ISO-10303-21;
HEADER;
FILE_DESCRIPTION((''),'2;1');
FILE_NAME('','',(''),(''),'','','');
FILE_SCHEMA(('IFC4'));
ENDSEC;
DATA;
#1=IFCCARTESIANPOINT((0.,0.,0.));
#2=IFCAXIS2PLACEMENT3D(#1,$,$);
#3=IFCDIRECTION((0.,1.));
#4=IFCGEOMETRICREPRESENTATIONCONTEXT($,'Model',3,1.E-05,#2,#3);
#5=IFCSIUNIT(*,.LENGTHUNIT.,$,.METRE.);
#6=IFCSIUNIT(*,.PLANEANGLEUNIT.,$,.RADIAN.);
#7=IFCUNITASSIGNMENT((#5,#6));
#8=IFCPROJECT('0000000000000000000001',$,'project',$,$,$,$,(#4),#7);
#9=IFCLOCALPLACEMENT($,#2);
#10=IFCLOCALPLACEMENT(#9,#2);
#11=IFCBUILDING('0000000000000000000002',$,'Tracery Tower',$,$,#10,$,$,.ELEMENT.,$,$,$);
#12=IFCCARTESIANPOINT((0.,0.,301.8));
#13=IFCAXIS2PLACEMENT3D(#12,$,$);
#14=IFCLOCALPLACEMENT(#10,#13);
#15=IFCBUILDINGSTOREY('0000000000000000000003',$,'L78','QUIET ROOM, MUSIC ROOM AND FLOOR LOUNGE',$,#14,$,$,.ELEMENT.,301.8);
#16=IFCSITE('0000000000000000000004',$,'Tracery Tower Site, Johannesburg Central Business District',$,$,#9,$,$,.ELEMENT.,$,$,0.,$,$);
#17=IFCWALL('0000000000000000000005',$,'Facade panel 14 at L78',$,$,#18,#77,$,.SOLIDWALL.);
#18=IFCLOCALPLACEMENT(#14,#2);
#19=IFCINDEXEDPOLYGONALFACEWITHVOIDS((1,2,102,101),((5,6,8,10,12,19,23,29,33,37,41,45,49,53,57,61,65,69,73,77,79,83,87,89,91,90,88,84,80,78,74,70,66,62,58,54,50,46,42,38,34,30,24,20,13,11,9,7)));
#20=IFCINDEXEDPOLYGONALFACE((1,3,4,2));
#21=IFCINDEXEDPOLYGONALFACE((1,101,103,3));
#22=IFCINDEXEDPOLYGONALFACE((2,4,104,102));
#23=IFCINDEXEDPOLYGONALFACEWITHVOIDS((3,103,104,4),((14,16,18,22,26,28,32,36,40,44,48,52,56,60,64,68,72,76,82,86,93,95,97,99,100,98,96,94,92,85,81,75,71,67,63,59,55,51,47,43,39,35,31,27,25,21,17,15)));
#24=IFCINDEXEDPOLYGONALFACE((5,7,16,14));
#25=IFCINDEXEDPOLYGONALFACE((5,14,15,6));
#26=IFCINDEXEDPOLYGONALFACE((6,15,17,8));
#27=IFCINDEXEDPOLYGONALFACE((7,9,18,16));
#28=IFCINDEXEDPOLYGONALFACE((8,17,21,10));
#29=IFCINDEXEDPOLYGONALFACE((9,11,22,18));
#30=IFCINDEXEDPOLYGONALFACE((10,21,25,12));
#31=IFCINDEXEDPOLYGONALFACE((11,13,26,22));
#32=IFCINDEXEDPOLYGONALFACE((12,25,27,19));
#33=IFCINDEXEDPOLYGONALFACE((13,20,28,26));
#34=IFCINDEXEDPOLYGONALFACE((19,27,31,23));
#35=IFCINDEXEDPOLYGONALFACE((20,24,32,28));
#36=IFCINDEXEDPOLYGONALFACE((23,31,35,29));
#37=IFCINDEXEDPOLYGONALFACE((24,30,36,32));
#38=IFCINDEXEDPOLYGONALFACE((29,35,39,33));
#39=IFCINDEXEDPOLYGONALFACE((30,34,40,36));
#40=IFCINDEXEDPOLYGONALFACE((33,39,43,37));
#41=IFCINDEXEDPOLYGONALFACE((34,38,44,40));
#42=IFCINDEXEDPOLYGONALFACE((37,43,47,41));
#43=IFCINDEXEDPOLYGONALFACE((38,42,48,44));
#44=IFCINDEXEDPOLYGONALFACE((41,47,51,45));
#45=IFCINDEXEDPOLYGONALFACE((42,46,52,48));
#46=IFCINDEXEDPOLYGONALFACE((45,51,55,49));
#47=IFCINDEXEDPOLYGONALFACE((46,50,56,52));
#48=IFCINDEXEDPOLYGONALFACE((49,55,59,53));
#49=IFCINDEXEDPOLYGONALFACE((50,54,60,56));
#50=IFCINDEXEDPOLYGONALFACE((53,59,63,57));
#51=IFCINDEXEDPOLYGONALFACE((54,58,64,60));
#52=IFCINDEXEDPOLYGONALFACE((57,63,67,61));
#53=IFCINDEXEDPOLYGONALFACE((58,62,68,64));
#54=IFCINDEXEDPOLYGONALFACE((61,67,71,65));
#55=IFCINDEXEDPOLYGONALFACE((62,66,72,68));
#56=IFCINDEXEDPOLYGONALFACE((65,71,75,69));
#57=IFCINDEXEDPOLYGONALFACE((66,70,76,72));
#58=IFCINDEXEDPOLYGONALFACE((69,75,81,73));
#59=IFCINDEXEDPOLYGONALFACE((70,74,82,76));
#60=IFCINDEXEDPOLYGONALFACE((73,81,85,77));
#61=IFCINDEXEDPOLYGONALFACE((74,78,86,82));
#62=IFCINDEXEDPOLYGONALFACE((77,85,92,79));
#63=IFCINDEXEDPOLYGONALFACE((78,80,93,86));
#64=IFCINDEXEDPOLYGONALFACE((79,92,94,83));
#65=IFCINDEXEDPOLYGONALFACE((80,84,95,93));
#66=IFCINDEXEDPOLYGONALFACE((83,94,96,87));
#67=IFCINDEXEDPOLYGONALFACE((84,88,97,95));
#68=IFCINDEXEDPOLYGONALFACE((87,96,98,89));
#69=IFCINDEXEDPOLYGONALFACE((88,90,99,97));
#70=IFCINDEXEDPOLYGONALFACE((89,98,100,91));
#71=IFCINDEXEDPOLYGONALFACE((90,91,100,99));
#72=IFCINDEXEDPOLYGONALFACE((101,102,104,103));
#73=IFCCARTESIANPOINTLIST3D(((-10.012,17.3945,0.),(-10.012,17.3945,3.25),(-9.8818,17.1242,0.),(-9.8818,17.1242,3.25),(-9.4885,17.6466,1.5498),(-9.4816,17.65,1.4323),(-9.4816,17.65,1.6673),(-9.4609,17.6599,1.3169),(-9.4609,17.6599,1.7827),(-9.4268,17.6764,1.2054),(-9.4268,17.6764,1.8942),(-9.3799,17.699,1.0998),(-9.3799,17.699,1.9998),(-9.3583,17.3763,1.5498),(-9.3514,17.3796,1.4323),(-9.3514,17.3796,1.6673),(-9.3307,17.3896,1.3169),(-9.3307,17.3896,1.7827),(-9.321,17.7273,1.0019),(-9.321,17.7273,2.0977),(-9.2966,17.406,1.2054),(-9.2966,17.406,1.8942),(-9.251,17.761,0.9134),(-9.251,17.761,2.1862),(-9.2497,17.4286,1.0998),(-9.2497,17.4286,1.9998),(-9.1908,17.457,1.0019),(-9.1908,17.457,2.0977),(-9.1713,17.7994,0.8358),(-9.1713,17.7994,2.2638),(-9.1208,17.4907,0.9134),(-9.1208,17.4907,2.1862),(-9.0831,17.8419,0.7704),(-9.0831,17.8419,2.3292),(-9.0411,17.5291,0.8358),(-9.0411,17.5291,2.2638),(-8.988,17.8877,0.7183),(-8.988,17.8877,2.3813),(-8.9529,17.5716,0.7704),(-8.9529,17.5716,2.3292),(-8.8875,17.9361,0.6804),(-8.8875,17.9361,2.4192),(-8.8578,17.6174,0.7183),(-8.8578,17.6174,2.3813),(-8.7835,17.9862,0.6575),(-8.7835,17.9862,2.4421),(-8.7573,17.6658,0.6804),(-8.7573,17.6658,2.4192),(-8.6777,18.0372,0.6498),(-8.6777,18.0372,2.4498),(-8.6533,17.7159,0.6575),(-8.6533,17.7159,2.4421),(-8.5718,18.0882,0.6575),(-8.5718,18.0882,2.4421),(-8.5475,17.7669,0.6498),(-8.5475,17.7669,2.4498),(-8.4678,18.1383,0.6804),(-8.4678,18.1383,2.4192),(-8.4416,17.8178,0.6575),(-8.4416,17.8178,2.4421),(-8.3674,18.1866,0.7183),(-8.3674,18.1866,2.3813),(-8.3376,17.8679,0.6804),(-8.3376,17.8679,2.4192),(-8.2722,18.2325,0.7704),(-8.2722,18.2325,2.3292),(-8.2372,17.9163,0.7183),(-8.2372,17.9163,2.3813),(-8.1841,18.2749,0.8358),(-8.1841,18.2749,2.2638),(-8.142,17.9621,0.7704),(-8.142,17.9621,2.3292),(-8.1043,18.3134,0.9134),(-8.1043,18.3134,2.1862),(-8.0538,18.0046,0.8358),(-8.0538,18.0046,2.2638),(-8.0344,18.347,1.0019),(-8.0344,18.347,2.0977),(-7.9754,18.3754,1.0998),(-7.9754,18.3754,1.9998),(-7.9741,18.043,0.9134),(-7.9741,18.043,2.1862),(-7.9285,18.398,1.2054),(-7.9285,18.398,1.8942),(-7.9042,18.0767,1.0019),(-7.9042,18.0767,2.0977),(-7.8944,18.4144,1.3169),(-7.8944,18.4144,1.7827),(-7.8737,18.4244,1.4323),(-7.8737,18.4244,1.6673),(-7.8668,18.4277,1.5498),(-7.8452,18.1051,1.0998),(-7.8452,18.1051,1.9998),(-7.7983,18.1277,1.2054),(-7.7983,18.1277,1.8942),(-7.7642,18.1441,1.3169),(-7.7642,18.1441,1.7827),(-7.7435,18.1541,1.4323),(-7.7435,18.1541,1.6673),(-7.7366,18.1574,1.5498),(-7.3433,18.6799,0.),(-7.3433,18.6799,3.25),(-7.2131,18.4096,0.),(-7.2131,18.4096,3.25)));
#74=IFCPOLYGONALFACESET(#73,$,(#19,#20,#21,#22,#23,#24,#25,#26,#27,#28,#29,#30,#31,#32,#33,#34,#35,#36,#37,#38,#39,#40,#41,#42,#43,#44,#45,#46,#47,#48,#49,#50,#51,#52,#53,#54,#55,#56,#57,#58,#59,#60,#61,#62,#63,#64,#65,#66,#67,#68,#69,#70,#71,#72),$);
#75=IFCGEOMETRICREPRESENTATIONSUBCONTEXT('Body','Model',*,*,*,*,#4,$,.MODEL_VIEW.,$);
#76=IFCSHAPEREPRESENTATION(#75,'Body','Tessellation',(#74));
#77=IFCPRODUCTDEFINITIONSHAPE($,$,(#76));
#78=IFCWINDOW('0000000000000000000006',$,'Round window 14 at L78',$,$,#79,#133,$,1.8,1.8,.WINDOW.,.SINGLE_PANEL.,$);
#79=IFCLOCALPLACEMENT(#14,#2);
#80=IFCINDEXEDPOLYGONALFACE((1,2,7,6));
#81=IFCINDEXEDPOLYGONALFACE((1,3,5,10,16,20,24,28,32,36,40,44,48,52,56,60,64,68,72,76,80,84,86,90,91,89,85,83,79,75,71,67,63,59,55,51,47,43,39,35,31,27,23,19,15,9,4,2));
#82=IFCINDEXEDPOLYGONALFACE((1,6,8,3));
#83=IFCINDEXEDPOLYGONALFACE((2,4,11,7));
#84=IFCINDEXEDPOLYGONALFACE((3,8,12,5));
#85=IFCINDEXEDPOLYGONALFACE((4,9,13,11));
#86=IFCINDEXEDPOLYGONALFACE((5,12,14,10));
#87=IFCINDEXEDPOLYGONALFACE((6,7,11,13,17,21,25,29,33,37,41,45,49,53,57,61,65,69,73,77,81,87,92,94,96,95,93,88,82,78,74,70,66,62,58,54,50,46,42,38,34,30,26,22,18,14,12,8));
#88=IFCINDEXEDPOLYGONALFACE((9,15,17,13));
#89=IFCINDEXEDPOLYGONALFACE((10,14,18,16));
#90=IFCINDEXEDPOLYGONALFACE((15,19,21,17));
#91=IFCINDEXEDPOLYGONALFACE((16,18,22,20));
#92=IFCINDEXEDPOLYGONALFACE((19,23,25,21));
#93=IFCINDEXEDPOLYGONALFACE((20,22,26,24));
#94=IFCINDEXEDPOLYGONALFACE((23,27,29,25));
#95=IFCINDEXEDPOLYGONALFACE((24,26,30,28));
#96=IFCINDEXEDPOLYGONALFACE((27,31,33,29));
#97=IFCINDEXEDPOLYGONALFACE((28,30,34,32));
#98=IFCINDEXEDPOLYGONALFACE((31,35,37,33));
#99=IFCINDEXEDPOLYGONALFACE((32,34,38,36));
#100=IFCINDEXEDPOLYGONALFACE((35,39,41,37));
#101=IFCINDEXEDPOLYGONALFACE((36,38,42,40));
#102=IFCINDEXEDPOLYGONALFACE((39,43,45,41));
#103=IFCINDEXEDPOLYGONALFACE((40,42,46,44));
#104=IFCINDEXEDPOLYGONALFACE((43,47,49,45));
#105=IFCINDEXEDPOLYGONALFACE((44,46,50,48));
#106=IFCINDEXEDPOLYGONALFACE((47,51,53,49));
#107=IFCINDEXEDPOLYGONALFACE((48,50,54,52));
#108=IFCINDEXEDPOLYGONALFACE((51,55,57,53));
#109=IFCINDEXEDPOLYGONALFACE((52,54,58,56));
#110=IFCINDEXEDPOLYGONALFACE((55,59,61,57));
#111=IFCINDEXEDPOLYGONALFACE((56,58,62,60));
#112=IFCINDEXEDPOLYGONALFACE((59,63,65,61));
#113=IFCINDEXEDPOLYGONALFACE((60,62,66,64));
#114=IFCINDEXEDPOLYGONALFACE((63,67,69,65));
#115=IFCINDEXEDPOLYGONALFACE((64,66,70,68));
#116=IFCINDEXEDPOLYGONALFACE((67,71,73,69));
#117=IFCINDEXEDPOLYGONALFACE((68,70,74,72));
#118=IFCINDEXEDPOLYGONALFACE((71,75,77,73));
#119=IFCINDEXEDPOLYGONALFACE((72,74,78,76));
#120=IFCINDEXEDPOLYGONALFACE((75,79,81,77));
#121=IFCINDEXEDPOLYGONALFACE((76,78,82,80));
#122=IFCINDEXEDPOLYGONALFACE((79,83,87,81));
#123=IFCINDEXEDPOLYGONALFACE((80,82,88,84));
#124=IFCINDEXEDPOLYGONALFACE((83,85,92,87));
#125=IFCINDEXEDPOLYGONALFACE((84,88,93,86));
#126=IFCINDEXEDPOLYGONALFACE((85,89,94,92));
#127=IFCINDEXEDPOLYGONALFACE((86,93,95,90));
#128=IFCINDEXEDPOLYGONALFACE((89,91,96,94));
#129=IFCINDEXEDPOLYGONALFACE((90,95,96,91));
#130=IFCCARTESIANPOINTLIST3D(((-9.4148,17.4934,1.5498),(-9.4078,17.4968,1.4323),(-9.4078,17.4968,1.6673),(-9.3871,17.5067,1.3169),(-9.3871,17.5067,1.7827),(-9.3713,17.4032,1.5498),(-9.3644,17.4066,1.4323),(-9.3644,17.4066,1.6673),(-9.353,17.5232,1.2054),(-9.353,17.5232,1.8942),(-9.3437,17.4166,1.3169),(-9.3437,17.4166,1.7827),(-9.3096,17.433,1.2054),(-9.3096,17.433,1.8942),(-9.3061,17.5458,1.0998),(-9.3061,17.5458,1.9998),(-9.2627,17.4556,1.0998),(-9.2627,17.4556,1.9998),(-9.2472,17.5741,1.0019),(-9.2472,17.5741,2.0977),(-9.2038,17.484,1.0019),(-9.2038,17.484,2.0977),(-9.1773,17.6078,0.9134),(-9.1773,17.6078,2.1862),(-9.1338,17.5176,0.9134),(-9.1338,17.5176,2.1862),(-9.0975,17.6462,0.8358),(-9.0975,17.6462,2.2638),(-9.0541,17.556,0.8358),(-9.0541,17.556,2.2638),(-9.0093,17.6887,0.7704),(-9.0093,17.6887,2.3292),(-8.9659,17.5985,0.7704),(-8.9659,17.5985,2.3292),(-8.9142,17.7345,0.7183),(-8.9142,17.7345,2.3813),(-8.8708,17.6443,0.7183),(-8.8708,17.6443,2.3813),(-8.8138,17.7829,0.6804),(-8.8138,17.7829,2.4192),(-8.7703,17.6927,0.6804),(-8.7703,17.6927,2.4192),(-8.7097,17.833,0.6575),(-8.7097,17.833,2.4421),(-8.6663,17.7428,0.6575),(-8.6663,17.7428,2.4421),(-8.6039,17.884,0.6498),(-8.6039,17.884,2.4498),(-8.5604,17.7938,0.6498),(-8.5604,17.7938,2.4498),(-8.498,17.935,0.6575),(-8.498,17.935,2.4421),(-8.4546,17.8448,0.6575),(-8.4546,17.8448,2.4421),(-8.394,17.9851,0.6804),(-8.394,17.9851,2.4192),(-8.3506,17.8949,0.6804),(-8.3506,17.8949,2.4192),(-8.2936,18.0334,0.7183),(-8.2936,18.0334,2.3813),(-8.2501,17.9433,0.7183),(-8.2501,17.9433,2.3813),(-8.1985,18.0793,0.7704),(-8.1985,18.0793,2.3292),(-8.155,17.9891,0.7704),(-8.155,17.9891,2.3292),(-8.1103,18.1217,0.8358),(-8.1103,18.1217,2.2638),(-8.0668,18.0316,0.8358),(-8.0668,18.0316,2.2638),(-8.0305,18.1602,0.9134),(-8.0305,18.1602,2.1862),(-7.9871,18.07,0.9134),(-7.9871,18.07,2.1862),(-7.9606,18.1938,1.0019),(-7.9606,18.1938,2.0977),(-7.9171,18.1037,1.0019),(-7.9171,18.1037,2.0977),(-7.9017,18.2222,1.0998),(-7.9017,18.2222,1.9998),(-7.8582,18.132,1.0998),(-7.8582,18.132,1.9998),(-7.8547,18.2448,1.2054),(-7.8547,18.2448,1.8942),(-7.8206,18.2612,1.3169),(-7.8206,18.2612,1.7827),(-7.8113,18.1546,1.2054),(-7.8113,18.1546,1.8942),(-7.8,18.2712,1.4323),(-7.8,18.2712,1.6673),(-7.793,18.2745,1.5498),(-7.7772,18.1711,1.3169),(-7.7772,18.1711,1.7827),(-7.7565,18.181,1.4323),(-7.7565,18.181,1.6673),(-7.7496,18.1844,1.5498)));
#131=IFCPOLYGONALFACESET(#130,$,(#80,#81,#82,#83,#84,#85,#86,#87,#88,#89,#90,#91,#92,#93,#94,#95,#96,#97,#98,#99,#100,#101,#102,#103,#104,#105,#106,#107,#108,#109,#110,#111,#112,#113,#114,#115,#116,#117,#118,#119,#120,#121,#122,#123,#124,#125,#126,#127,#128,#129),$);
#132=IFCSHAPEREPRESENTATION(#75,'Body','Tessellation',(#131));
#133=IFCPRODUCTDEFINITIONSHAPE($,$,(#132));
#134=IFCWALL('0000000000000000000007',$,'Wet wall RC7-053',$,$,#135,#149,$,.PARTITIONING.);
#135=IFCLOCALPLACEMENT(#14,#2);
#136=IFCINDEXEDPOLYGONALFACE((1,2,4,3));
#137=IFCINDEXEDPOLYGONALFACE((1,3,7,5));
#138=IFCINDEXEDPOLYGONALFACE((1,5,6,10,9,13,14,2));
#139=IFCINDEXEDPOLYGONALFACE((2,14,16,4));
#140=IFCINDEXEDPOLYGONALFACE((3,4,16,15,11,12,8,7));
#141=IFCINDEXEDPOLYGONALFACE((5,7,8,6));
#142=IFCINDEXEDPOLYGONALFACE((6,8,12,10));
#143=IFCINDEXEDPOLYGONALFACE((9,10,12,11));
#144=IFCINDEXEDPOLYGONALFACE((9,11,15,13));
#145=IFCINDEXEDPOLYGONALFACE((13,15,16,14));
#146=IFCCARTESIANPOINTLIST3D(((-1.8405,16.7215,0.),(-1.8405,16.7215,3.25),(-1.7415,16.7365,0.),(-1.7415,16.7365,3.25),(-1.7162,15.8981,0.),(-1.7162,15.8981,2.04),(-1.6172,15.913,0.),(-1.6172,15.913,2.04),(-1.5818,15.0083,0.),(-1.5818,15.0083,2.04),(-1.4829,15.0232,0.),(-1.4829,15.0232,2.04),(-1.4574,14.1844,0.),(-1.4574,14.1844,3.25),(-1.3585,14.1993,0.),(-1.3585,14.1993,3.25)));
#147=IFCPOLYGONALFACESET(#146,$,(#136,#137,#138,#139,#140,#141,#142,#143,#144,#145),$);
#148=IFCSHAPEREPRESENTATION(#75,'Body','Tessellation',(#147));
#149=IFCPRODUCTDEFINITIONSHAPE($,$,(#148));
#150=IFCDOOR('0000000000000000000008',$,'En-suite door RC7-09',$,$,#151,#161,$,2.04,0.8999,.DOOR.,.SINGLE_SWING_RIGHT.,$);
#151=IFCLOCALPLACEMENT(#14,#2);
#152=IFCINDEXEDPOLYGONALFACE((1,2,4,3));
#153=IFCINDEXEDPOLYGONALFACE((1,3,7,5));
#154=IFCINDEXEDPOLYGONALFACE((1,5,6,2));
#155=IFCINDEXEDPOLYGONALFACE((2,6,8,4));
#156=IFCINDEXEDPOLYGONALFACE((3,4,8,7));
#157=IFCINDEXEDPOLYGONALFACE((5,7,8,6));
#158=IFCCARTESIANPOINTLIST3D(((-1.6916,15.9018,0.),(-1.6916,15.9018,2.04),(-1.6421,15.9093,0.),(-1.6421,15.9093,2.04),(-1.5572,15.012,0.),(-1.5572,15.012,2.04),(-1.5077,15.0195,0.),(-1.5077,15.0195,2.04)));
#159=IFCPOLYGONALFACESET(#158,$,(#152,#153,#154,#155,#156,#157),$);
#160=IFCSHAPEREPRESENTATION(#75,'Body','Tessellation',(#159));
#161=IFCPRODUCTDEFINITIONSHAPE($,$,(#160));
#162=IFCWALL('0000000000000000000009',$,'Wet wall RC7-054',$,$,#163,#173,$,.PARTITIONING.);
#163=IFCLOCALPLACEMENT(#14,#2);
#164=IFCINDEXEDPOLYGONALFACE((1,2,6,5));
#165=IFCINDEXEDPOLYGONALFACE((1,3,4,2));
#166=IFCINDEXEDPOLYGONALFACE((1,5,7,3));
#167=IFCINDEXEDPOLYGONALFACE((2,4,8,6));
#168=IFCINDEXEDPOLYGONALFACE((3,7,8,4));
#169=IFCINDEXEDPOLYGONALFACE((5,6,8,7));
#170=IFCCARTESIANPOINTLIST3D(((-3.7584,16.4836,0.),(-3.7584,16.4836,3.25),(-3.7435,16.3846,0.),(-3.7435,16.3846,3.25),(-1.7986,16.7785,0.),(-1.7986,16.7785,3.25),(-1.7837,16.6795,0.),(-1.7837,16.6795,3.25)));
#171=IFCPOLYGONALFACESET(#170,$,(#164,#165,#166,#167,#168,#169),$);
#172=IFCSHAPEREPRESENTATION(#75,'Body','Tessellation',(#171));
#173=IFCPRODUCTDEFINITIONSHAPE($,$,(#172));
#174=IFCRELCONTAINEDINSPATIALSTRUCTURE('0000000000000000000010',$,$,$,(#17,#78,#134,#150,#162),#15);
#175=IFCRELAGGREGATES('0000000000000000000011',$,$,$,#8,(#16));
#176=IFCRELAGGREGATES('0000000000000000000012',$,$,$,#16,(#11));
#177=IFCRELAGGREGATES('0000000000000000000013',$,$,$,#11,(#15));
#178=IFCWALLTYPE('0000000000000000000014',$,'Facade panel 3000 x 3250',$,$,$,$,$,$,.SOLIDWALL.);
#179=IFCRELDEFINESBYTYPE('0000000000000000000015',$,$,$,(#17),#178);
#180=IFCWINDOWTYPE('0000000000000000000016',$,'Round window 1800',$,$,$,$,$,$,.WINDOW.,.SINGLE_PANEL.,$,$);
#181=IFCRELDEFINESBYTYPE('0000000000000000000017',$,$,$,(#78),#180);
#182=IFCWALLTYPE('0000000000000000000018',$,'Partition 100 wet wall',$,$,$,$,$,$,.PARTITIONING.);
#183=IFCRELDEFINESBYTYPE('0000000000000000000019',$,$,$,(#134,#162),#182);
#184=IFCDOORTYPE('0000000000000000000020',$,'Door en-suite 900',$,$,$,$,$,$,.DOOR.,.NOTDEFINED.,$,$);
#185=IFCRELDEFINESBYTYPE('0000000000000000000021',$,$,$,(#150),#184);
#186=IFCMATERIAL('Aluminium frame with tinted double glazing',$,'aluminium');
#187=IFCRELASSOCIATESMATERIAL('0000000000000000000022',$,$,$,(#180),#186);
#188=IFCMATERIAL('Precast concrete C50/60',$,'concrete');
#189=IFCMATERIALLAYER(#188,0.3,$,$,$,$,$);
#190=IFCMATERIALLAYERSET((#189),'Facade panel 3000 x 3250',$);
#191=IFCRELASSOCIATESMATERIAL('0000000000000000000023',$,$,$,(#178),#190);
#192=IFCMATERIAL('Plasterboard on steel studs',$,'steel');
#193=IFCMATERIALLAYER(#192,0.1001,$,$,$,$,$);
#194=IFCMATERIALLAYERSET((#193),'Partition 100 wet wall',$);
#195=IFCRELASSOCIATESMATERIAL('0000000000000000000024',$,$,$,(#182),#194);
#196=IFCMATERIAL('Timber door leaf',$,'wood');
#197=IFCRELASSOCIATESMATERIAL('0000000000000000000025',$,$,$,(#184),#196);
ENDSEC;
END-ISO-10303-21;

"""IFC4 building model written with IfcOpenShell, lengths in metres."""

from ifc_helpers import new_model, si_unit, direction, frame, frame_2d, origin, origin_2d, place, context, subcontext, project, spatial, rectangle, circle, extrude, material, layer, layer_set, type_object, element, fill, save


model = new_model("IFC4")

# Units and contexts
model_context = context("Model", 3, precision=1e-05, world=origin(), true_north=direction((0.0, 1.0)))
body_context = subcontext(model_context, "Body", "Model", "MODEL_VIEW")
ifc_project = project(units=[si_unit("LENGTHUNIT", "METRE"), si_unit("PLANEANGLEUNIT", "RADIAN")], contexts=[model_context])

# Site, building, storey
site_placement = place(None, origin())
site = spatial("IfcSite", under=ifc_project, at=site_placement, Name="Tracery Tower Site, Johannesburg Central Business District", CompositionType="ELEMENT", RefElevation=0.0)
building_placement = place(site_placement, origin())
building = spatial("IfcBuilding", under=site, at=building_placement, Name="Tracery Tower", CompositionType="ELEMENT")
storey_placement = place(building_placement, frame((0.0, 0.0, 301.8)))
storey = spatial("IfcBuildingStorey", under=building, at=storey_placement, Name="L78", Description="QUIET ROOM, MUSIC ROOM AND FLOOR LOUNGE", CompositionType="ELEMENT", Elevation=301.8)

# Wall, opening, window
ifc_material_1 = material(Name="Aluminium frame with tinted double glazing", Category="aluminium")
window_type = type_object("IfcWindowType", Name="Round window 1800", PartitioningType="SINGLE_PANEL", PredefinedType="WINDOW", material=ifc_material_1)
ifc_material_2 = material(Name="Precast concrete C50/60", Category="concrete")
ifc_layer_1 = layer(ifc_material_2, 0.3)
ifc_layer_set_1 = layer_set([ifc_layer_1], Name="Facade panel 3000 x 3250")
wall_type_1 = type_object("IfcWallType", Name="Facade panel 3000 x 3250", PredefinedType="SOLIDWALL", material=ifc_layer_set_1)
wall_1_placement = place(storey_placement, frame((-7.2783, 18.5447, 0.0), z_axis=(0.0, 0.0, 1.0), x_axis=(-0.90094, -0.433944, 0.0)))
wall_1 = element("IfcWall", 1, at=wall_1_placement, inside=storey, type_object=wall_type_1, Name="Facade panel 14 at L78", PredefinedType="SOLIDWALL", context=body_context, shape_type="SweptSolid", body=[
    extrude(rectangle(XDim=2.9622, YDim=0.3, at=frame_2d((1.481, 0.0))), origin(), (0.0, 0.0, 1.0), 3.25),
])
opening_1_placement = place(wall_1_placement, frame((1.481, 0.0, 1.5498)))
opening_1 = element("IfcOpeningElement", 2, at=opening_1_placement, cuts=wall_1, PredefinedType="OPENING", context=body_context, shape_type="SweptSolid", body=[
    extrude(circle(Radius=0.9, at=origin_2d()), frame((0.0, 0.1599, 0.0), z_axis=(0.0, -1.0, 0.0), x_axis=(1.0, 0.0, 0.0)), (0.0, 0.0, 1.0), 0.3201),
])
window_1_placement = place(opening_1_placement, origin())
window_1 = element("IfcWindow", 3, at=window_1_placement, inside=storey, type_object=window_type, Name="Round window 14 at L78", OverallHeight=1.8, OverallWidth=1.8, PartitioningType="SINGLE_PANEL", PredefinedType="WINDOW", context=body_context, shape_type="SweptSolid", body=[
    extrude(circle(Radius=0.9, at=origin_2d()), frame((0.0, 0.1201, 0.0), z_axis=(0.0, -1.0, 0.0), x_axis=(1.0, 0.0, 0.0)), (0.0, 0.0, 1.0), 0.1001),
])
fill(opening_1, window_1)

# Wall, opening, door
ifc_material_3 = material(Name="Plasterboard on steel studs", Category="steel")
ifc_layer_2 = layer(ifc_material_3, 0.1001)
ifc_layer_set_2 = layer_set([ifc_layer_2], Name="Partition 100 wet wall")
wall_type_2 = type_object("IfcWallType", Name="Partition 100 wet wall", PredefinedType="PARTITIONING", material=ifc_layer_set_2)
wall_2_placement = place(storey_placement, frame((-1.791, 16.729, 0.0), z_axis=(0.0, 0.0, 1.0), x_axis=(0.14929, -0.988794, 0.0)))
wall_2 = element("IfcWall", 4, at=wall_2_placement, inside=storey, type_object=wall_type_2, Name="Wet wall RC7-053", PredefinedType="PARTITIONING", context=body_context, shape_type="SweptSolid", body=[
    extrude(rectangle(XDim=2.5659, YDim=0.1001, at=frame_2d((1.283, 0.0))), origin(), (0.0, 0.0, 1.0), 3.25),
])
opening_2_placement = place(wall_2_placement, frame((0.8328, 0.0, 0.0)))
opening_2 = element("IfcOpeningElement", 5, at=opening_2_placement, cuts=wall_2, PredefinedType="OPENING", context=body_context, shape_type="SweptSolid", body=[
    extrude(rectangle(XDim=0.8999, YDim=2.04, at=frame_2d((0.45, 1.02))), frame((0.0, 0.05, 0.0), z_axis=(0.0, -1.0, 0.0), x_axis=(1.0, 0.0, 0.0)), (0.0, 0.0, 1.0), 0.1001),
])
ifc_material_4 = material(Name="Timber door leaf", Category="wood")
door_type_1 = type_object("IfcDoorType", Name="Door en-suite 900", OperationType="NOTDEFINED", PredefinedType="DOOR", material=ifc_material_4)
door_1_placement = place(opening_2_placement, origin())
door_1 = element("IfcDoor", 6, at=door_1_placement, inside=storey, type_object=door_type_1, Name="En-suite door RC7-09", OperationType="SINGLE_SWING_RIGHT", OverallHeight=2.04, OverallWidth=0.8999, PredefinedType="DOOR", context=body_context, shape_type="SweptSolid", body=[
    extrude(rectangle(XDim=0.8999, YDim=2.04, at=frame_2d((0.45, 1.02))), frame((0.0, 0.0249, 0.0), z_axis=(0.0, -1.0, 0.0), x_axis=(1.0, 0.0, 0.0)), (0.0, 0.0, 1.0), 0.05),
])
fill(opening_2, door_1)

# Wall
wall_3_placement = place(storey_placement, frame((-3.751, 16.4341, 0.0), z_axis=(0.0, 0.0, 1.0), x_axis=(0.988868, 0.148798, 0.0)))
element("IfcWall", 7, at=wall_3_placement, inside=storey, type_object=wall_type_2, Name="Wet wall RC7-054", PredefinedType="PARTITIONING", context=body_context, shape_type="SweptSolid", body=[
    extrude(rectangle(XDim=1.9819, YDim=0.1001, at=frame_2d((0.991, 0.0))), origin(), (0.0, 0.0, 1.0), 3.25),
])

save(model, "model.ifc")
